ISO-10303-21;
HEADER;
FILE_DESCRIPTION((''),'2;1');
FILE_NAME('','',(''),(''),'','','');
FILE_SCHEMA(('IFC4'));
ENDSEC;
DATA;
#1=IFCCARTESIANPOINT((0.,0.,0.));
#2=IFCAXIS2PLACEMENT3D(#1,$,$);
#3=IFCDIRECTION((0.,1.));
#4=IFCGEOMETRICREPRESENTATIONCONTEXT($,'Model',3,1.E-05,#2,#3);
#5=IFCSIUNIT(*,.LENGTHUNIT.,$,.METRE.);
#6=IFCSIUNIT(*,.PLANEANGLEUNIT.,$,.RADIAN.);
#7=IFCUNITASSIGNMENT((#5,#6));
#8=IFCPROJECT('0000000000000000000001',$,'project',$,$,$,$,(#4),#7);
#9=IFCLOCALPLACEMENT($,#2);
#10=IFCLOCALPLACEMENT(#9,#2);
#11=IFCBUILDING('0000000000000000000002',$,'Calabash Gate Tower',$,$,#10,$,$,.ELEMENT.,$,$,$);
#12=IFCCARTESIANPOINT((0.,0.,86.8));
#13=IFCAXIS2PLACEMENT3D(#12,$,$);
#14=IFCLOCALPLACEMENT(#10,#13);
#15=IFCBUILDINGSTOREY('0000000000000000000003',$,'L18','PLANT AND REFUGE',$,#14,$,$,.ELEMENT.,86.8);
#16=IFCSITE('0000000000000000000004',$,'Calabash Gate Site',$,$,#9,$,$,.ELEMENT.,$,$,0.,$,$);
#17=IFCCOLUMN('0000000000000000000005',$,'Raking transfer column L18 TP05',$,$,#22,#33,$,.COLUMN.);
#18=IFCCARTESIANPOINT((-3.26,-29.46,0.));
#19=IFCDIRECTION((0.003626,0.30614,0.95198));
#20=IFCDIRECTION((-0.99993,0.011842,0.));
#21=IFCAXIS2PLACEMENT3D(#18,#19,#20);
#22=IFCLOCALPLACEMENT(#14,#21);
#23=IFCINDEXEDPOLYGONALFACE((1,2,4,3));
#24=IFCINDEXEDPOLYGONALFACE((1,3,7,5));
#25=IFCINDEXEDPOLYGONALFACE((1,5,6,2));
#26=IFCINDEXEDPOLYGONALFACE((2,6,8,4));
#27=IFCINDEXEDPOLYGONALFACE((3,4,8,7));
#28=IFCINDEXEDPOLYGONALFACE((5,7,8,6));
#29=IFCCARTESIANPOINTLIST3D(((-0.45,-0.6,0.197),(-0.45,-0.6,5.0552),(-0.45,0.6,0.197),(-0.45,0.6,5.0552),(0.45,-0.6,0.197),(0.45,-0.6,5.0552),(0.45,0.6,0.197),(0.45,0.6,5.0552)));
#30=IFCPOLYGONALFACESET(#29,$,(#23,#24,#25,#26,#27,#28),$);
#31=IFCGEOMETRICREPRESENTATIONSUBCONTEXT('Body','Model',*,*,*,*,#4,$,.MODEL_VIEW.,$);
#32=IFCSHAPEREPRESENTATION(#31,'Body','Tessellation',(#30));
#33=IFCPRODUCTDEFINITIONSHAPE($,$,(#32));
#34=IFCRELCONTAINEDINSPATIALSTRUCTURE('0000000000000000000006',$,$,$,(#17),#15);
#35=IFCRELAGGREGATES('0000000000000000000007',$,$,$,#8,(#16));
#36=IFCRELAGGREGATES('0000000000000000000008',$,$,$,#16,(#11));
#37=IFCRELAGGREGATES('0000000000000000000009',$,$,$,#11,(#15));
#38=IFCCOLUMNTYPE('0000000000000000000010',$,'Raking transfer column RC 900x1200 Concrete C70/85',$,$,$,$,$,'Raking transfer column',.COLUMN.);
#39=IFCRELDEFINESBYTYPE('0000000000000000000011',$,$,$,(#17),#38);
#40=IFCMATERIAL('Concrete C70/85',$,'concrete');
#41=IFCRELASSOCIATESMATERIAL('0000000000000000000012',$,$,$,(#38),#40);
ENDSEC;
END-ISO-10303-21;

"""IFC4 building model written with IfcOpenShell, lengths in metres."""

from ifc_helpers import new_model, si_unit, direction, frame, origin, origin_2d, place, context, subcontext, project, spatial, rectangle, extrude, clip, halfspace, material, material_profile, profile_set, type_object, element, save


model = new_model("IFC4")

# Units and contexts
model_context = context("Model", 3, precision=1e-05, world=origin(), true_north=direction((0.0, 1.0)))
body_context = subcontext(model_context, "Body", "Model", "MODEL_VIEW")
ifc_project = project(units=[si_unit("LENGTHUNIT", "METRE"), si_unit("PLANEANGLEUNIT", "RADIAN")], contexts=[model_context])

# Site, building, storey
site_placement = place(None, origin())
site = spatial("IfcSite", under=ifc_project, at=site_placement, Name="Calabash Gate Site", CompositionType="ELEMENT", RefElevation=0.0)
building_placement = place(site_placement, origin())
building = spatial("IfcBuilding", under=site, at=building_placement, Name="Calabash Gate Tower", CompositionType="ELEMENT")
storey_placement = place(building_placement, frame((0.0, 0.0, 86.8)))
storey = spatial("IfcBuildingStorey", under=building, at=storey_placement, Name="L18", Description="PLANT AND REFUGE", CompositionType="ELEMENT", Elevation=86.8)

# Column
ifc_material_1 = material(Name="Concrete C70/85", Category="concrete")
ifc_material_profile_1 = material_profile(ifc_material_1, rectangle(XDim=0.8999, YDim=1.2, at=origin_2d()))
ifc_profile_set_1 = profile_set([ifc_material_profile_1], Name="Concrete C70/85")
column_type_1 = type_object("IfcColumnType", Name="Raking transfer column RC 900x1200 Concrete C70/85", ElementType="Raking transfer column", PredefinedType="COLUMN", material=ifc_profile_set_1)
column_1_placement = place(storey_placement, frame((-3.26, -29.46, 0.0), z_axis=(0.003626, 0.30614, 0.95198), x_axis=(-0.99993, 0.011842, 0.0)))
element("IfcColumn", 1, at=column_1_placement, inside=storey, type_object=column_type_1, Name="Raking transfer column L18 TP05", PredefinedType="COLUMN", context=body_context, shape_type="Clipping", body=[
    clip(clip(extrude(rectangle(XDim=0.8999, YDim=1.2, at=origin_2d()), origin(), (0.0, 0.0, 1.0), 5.2522), halfspace(frame((0.0, 0.0, 0.197), z_axis=(0.0, 0.0, 1.0), x_axis=(1.0, 0.0, 0.0)), True)), halfspace(frame((0.0, 0.0, 5.0552), z_axis=(0.0, 0.0, 1.0), x_axis=(1.0, 0.0, 0.0)), False)),
])

save(model, "model.ifc")
